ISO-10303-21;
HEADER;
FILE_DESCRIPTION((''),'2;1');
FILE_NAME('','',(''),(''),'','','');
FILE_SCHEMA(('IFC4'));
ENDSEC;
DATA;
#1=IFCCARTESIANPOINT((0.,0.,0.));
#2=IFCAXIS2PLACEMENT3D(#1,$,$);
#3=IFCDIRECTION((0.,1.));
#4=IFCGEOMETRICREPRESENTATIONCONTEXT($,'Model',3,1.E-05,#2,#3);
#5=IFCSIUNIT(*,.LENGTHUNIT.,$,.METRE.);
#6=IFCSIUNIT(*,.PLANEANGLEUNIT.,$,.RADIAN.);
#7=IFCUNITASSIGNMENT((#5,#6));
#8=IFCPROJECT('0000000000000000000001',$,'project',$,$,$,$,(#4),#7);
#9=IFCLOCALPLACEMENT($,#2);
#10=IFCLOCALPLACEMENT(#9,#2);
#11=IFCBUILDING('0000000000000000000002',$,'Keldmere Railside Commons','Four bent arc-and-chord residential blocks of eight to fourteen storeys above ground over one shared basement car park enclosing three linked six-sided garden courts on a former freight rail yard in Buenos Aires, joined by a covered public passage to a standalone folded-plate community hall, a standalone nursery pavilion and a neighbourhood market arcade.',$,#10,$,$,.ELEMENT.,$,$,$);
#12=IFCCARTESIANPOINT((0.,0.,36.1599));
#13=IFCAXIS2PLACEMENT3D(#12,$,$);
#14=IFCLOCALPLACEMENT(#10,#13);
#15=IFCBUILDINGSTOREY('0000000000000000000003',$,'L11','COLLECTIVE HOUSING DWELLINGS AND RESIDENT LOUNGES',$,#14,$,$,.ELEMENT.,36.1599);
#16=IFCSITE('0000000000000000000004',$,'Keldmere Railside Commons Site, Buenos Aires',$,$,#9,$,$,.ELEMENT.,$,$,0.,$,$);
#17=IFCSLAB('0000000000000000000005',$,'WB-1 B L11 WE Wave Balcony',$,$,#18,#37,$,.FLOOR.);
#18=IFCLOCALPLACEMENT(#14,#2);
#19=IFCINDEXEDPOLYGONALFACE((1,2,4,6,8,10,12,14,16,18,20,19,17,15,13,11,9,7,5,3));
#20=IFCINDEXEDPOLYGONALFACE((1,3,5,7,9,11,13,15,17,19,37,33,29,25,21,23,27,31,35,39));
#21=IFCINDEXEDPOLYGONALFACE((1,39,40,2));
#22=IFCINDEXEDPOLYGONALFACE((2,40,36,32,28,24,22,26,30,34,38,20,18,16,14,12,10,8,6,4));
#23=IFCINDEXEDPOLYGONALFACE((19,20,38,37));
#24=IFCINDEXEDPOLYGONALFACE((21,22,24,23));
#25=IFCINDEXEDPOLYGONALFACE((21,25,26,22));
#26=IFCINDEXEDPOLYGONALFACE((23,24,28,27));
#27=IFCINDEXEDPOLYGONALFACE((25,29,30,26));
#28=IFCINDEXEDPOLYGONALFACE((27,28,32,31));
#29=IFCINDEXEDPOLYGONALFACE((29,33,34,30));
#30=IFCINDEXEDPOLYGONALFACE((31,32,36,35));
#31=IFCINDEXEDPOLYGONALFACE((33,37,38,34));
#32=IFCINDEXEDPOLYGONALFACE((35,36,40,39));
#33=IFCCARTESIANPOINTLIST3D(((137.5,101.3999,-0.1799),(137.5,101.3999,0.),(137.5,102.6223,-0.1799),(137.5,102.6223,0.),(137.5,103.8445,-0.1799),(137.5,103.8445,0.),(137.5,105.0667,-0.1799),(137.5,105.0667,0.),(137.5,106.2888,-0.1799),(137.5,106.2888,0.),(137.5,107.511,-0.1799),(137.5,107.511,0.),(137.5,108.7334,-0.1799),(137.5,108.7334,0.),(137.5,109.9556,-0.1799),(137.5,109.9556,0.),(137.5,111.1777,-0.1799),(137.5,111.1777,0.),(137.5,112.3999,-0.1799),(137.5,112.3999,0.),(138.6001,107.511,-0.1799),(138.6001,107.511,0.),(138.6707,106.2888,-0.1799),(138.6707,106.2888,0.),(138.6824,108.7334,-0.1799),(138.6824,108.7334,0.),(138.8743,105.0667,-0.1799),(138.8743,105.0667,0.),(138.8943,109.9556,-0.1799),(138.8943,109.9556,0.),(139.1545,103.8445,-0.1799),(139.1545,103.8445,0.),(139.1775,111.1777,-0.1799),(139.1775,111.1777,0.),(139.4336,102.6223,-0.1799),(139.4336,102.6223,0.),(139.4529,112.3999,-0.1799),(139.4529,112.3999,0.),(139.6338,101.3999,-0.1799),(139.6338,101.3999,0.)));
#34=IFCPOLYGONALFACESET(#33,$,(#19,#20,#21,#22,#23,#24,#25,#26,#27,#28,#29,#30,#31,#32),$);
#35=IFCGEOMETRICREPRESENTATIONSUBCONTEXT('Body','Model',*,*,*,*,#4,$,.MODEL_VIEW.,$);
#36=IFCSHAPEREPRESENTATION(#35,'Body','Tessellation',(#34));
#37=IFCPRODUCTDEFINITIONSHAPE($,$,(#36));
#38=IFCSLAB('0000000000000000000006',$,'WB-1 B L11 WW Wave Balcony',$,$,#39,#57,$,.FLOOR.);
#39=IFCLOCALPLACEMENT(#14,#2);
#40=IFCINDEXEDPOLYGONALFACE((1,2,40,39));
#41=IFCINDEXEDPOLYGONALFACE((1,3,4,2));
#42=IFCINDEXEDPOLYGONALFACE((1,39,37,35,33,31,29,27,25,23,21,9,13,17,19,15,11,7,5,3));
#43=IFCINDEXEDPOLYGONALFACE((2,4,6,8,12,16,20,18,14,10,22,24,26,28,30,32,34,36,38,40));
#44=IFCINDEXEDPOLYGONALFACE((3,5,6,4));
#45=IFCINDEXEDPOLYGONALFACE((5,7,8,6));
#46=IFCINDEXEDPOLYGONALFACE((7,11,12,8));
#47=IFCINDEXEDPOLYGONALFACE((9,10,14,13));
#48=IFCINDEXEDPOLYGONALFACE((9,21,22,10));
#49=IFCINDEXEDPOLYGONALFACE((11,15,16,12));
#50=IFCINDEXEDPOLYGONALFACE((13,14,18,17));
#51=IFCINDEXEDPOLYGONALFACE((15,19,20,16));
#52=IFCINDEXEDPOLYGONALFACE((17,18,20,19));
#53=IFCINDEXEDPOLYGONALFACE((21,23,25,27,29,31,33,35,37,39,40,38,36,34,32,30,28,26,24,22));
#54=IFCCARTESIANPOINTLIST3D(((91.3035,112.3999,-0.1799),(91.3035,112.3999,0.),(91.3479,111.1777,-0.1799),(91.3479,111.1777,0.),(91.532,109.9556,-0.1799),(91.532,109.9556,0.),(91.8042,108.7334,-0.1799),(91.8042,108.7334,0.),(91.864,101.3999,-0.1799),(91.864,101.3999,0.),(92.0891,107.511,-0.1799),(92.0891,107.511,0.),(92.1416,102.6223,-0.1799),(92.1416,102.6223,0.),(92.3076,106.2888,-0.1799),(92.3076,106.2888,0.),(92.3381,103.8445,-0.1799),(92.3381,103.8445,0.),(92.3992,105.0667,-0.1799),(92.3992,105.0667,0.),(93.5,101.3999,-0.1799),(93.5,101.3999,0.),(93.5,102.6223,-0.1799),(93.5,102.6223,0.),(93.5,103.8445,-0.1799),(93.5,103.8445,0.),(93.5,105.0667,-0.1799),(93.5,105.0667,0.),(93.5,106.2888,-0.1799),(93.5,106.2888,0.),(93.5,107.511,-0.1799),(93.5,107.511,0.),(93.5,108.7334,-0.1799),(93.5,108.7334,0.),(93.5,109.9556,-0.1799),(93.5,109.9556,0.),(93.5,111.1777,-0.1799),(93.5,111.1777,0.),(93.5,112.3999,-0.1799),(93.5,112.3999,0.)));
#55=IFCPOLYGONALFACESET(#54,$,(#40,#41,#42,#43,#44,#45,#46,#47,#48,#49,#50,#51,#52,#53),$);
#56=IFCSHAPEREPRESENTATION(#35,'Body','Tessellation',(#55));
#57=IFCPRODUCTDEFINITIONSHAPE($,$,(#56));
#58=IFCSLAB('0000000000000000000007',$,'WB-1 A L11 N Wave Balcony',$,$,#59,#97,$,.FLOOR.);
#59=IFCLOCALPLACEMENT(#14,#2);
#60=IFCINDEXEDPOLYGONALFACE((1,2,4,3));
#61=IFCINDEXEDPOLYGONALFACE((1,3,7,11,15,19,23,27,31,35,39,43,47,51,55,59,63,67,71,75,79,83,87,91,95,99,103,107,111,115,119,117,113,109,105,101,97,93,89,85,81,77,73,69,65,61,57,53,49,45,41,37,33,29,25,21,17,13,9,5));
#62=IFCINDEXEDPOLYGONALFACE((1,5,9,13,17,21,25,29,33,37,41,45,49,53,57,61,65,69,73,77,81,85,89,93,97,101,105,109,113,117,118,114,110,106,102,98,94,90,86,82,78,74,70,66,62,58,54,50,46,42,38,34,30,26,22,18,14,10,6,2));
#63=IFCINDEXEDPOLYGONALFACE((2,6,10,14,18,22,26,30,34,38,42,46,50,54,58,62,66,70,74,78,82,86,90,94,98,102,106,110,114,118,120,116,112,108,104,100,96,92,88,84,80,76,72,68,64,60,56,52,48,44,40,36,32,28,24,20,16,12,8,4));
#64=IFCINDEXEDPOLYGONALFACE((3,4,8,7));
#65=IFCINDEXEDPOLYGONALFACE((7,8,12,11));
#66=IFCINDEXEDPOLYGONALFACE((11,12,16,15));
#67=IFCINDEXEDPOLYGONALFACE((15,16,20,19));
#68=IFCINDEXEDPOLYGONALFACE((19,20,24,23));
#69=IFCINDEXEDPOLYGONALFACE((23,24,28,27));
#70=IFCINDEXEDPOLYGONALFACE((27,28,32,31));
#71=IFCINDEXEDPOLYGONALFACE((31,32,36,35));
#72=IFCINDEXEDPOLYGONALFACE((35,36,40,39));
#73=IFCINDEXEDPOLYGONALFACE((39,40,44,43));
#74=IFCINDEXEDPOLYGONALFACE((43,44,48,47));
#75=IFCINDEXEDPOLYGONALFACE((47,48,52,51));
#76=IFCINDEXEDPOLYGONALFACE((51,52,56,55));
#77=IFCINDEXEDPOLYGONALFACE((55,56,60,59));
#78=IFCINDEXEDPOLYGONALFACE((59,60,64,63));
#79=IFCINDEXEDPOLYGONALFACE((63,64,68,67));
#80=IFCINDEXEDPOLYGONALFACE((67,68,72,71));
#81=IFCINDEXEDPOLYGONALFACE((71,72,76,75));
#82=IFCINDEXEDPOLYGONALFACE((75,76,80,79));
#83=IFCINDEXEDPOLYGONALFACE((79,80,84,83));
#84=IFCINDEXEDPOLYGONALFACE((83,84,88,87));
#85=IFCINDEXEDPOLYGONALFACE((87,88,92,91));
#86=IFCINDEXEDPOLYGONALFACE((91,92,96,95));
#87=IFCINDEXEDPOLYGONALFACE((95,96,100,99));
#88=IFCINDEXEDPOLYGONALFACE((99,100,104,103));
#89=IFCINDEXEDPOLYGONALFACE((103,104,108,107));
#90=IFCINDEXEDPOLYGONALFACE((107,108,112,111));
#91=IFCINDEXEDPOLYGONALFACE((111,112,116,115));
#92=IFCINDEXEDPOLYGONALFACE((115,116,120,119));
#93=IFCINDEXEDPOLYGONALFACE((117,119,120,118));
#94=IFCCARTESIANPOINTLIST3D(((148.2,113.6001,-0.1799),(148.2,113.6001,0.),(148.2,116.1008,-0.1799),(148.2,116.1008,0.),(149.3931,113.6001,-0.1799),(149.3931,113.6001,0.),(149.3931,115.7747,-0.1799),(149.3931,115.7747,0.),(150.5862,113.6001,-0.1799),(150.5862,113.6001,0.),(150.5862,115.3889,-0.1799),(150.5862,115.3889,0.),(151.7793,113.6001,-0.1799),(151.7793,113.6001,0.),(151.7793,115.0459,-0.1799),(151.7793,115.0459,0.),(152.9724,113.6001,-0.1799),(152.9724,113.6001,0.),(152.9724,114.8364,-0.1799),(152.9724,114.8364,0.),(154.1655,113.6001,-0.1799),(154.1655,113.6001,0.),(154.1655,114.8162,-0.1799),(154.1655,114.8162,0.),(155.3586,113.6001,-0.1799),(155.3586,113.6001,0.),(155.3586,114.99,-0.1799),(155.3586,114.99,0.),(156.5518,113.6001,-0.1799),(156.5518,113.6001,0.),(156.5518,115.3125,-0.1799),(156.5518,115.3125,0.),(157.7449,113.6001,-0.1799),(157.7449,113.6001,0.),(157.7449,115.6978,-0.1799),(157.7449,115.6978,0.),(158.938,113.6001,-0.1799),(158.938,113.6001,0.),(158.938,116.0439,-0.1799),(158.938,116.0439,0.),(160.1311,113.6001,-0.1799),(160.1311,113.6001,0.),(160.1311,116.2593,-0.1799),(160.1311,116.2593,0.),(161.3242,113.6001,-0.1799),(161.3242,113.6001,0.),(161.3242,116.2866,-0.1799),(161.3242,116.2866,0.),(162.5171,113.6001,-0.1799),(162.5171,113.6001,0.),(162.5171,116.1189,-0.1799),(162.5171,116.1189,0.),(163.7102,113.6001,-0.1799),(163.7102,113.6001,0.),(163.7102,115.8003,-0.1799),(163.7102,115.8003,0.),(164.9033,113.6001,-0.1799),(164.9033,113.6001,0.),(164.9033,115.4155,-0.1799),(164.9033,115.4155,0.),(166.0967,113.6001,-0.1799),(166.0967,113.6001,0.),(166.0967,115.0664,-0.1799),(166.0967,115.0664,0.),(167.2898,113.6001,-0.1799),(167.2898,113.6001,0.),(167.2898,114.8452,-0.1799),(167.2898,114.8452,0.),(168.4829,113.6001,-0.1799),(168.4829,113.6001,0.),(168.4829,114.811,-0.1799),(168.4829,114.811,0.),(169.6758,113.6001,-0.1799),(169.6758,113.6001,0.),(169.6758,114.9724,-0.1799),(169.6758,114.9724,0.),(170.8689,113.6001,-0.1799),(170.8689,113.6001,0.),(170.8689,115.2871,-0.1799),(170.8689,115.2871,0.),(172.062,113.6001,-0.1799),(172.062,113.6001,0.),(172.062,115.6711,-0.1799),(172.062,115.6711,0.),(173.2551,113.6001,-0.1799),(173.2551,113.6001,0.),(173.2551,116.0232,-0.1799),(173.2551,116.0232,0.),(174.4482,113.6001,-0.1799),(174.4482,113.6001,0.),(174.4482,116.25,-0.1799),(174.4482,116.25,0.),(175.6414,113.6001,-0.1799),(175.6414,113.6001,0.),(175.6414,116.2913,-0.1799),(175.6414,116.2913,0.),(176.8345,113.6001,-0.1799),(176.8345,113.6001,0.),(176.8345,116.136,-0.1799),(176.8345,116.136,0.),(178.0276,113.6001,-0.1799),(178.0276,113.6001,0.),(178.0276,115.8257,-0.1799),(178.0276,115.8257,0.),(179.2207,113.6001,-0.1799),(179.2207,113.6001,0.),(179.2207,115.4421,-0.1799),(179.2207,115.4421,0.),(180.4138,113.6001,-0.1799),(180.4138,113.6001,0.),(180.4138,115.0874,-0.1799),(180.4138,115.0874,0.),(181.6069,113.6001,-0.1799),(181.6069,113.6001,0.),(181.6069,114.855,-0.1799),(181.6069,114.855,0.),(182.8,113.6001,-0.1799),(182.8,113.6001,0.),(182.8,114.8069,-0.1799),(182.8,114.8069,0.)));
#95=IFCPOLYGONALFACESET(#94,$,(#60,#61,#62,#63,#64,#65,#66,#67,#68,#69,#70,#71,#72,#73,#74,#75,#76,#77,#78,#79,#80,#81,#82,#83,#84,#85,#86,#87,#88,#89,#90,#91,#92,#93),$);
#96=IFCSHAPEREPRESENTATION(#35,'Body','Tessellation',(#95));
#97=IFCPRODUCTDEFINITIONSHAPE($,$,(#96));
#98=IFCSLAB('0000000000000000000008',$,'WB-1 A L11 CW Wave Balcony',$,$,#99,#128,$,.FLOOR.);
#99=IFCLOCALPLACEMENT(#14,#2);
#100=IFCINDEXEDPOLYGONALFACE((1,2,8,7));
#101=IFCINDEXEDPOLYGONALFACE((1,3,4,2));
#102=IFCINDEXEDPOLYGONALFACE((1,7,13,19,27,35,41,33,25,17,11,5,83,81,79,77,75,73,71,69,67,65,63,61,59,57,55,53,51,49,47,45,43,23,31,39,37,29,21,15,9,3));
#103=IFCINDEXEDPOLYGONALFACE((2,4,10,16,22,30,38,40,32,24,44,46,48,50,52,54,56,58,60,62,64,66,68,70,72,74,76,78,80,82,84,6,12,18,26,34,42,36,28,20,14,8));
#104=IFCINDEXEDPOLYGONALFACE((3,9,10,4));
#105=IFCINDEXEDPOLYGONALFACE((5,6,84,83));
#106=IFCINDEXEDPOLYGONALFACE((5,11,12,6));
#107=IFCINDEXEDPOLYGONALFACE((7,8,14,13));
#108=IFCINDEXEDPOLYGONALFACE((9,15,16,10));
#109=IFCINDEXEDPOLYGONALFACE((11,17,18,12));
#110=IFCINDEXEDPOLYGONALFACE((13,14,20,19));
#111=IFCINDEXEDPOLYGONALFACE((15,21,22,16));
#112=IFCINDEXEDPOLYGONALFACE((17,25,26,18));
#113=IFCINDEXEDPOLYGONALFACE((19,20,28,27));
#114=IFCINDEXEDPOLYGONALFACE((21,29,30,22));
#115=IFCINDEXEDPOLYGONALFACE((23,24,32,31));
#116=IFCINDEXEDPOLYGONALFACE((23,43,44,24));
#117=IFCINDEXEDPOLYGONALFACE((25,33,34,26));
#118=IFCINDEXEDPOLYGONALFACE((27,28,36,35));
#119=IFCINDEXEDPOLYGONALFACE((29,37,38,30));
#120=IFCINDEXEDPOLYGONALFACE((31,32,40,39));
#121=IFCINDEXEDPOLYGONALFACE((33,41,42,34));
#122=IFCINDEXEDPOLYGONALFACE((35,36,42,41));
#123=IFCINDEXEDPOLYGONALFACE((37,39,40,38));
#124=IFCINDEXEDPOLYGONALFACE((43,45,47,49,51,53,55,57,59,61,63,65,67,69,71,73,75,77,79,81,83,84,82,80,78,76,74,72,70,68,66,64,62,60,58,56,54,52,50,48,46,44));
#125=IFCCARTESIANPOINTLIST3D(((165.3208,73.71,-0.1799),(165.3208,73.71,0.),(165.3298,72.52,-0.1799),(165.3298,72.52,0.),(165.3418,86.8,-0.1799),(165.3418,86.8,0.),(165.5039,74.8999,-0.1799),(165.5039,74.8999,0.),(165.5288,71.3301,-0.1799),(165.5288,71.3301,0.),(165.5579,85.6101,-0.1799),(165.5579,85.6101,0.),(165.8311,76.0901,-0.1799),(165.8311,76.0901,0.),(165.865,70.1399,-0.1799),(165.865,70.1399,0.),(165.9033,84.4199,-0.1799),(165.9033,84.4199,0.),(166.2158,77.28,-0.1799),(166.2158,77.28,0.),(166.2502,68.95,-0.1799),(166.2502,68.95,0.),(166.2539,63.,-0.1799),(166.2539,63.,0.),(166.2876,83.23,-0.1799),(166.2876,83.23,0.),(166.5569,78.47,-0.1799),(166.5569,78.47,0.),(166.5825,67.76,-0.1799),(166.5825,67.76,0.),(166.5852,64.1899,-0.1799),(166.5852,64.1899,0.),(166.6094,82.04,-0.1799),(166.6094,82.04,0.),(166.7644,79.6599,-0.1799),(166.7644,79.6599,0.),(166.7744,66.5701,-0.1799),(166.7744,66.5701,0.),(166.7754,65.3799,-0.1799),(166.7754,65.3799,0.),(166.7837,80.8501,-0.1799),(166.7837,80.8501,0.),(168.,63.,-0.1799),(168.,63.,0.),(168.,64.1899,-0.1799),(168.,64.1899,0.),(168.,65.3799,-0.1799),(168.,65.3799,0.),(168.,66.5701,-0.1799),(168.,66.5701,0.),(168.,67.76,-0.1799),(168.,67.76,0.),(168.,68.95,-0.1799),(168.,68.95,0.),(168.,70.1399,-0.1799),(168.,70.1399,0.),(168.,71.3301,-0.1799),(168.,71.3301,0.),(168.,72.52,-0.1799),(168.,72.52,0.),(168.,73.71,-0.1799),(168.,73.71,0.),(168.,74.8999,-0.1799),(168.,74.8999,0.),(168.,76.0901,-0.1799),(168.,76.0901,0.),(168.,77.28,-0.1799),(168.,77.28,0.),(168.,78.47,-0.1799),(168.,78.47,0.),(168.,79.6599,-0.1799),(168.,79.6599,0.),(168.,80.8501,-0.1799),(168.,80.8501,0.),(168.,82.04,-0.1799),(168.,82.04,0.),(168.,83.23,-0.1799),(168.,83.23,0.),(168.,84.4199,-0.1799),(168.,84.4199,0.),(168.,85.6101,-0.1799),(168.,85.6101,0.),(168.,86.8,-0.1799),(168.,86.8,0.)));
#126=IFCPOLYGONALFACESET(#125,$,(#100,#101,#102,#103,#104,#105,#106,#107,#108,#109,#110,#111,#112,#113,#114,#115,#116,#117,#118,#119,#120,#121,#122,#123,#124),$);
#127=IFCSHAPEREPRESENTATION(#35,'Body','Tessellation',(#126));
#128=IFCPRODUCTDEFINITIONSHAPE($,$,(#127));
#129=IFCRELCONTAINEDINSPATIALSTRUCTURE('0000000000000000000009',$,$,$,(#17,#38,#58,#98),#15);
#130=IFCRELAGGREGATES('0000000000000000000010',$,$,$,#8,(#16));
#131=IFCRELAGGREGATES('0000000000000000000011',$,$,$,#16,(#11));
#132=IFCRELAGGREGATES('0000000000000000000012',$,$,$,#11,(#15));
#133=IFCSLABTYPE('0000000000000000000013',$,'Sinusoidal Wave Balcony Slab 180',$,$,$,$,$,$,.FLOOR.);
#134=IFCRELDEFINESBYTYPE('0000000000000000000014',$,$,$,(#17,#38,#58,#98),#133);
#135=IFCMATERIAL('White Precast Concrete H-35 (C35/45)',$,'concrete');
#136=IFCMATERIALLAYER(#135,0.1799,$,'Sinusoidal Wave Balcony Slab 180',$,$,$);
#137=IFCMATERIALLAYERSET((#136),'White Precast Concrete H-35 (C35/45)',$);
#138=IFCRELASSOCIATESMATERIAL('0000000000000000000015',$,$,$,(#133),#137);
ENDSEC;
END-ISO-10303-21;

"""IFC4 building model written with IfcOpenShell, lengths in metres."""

from ifc_helpers import new_model, si_unit, direction, frame, origin, place, context, subcontext, project, spatial, polyline, outline, extrude, material, layer, layer_set, type_object, element, save


model = new_model("IFC4")

# Units and contexts
model_context = context("Model", 3, precision=1e-05, world=origin(), true_north=direction((0.0, 1.0)))
body_context = subcontext(model_context, "Body", "Model", "MODEL_VIEW")
ifc_project = project(units=[si_unit("LENGTHUNIT", "METRE"), si_unit("PLANEANGLEUNIT", "RADIAN")], contexts=[model_context])

# Site, building, storey
site_placement = place(None, origin())
site = spatial("IfcSite", under=ifc_project, at=site_placement, Name="Keldmere Railside Commons Site, Buenos Aires", CompositionType="ELEMENT", RefElevation=0.0)
building_placement = place(site_placement, origin())
building = spatial("IfcBuilding", under=site, at=building_placement, Name="Keldmere Railside Commons", Description="Four bent arc-and-chord residential blocks of eight to fourteen storeys above ground over one shared basement car park enclosing three linked six-sided garden courts on a former freight rail yard in Buenos Aires, joined by a covered public passage to a standalone folded-plate community hall, a standalone nursery pavilion and a neighbourhood market arcade.", CompositionType="ELEMENT")
storey_placement = place(building_placement, frame((0.0, 0.0, 36.1599)))
storey = spatial("IfcBuildingStorey", under=building, at=storey_placement, Name="L11", Description="COLLECTIVE HOUSING DWELLINGS AND RESIDENT LOUNGES", CompositionType="ELEMENT", Elevation=36.1599)

# Slabs
ifc_material_1 = material(Name="White Precast Concrete H-35 (C35/45)", Category="concrete")
ifc_layer_1 = layer(ifc_material_1, 0.1799, Name="Sinusoidal Wave Balcony Slab 180")
ifc_layer_set_1 = layer_set([ifc_layer_1], Name="White Precast Concrete H-35 (C35/45)")
slab_type_1 = type_object("IfcSlabType", Name="Sinusoidal Wave Balcony Slab 180", PredefinedType="FLOOR", material=ifc_layer_set_1)
slab_1_placement = place(storey_placement, frame((0.0, 0.0, -0.1799)))
element("IfcSlab", 1, at=slab_1_placement, inside=storey, type_object=slab_type_1, Name="WB-1 B L11 WE Wave Balcony", PredefinedType="FLOOR", context=body_context, shape_type="SweptSolid", body=[
    extrude(outline(polyline([(139.6338, 101.3999), (139.4336, 102.6223), (139.1545, 103.8445), (138.8743, 105.0667), (138.6707, 106.2888), (138.6001, 107.511), (138.6824, 108.7334), (138.8943, 109.9556), (139.1775, 111.1777), (139.4529, 112.3999), (137.5, 112.3999), (137.5, 111.1777), (137.5, 109.9556), (137.5, 108.7334), (137.5, 107.511), (137.5, 106.2888), (137.5, 105.0667), (137.5, 103.8445), (137.5, 102.6223), (137.5, 101.3999), (139.6338, 101.3999)])), origin(), (0.0, 0.0, 1.0), 0.1799),
])
slab_2_placement = place(storey_placement, frame((0.0, 0.0, -0.1799)))
element("IfcSlab", 2, at=slab_2_placement, inside=storey, type_object=slab_type_1, Name="WB-1 B L11 WW Wave Balcony", PredefinedType="FLOOR", context=body_context, shape_type="SweptSolid", body=[
    extrude(outline(polyline([(93.5, 101.3999), (93.5, 102.6223), (93.5, 103.8445), (93.5, 105.0667), (93.5, 106.2888), (93.5, 107.511), (93.5, 108.7334), (93.5, 109.9556), (93.5, 111.1777), (93.5, 112.3999), (91.3035, 112.3999), (91.3479, 111.1777), (91.532, 109.9556), (91.8042, 108.7334), (92.0891, 107.511), (92.3076, 106.2888), (92.3992, 105.0667), (92.3381, 103.8445), (92.1416, 102.6223), (91.864, 101.3999), (93.5, 101.3999)])), origin(), (0.0, 0.0, 1.0), 0.1799),
])
slab_3_placement = place(storey_placement, frame((0.0, 0.0, -0.1799)))
element("IfcSlab", 3, at=slab_3_placement, inside=storey, type_object=slab_type_1, Name="WB-1 A L11 N Wave Balcony", PredefinedType="FLOOR", context=body_context, shape_type="SweptSolid", body=[
    extrude(outline(polyline([(148.2, 113.6001), (149.3931, 113.6001), (150.5862, 113.6001), (151.7793, 113.6001), (152.9724, 113.6001), (154.1655, 113.6001), (155.3586, 113.6001), (156.5518, 113.6001), (157.7449, 113.6001), (158.938, 113.6001), (160.1311, 113.6001), (161.3242, 113.6001), (162.5171, 113.6001), (163.7102, 113.6001), (164.9033, 113.6001), (166.0967, 113.6001), (167.2898, 113.6001), (168.4829, 113.6001), (169.6758, 113.6001), (170.8689, 113.6001), (172.062, 113.6001), (173.2551, 113.6001), (174.4482, 113.6001), (175.6414, 113.6001), (176.8345, 113.6001), (178.0276, 113.6001), (179.2207, 113.6001), (180.4138, 113.6001), (181.6069, 113.6001), (182.8, 113.6001), (182.8, 114.8069), (181.6069, 114.855), (180.4138, 115.0874), (179.2207, 115.4421), (178.0276, 115.8257), (176.8345, 116.136), (175.6414, 116.2913), (174.4482, 116.25), (173.2551, 116.0232), (172.062, 115.6711), (170.8689, 115.2871), (169.6758, 114.9724), (168.4829, 114.811), (167.2898, 114.8452), (166.0967, 115.0664), (164.9033, 115.4155), (163.7102, 115.8003), (162.5171, 116.1189), (161.3242, 116.2866), (160.1311, 116.2593), (158.938, 116.0439), (157.7449, 115.6978), (156.5518, 115.3125), (155.3586, 114.99), (154.1655, 114.8162), (152.9724, 114.8364), (151.7793, 115.0459), (150.5862, 115.3889), (149.3931, 115.7747), (148.2, 116.1008), (148.2, 113.6001)])), origin(), (0.0, 0.0, 1.0), 0.1799),
])
slab_4_placement = place(storey_placement, frame((0.0, 0.0, -0.1799)))
element("IfcSlab", 4, at=slab_4_placement, inside=storey, type_object=slab_type_1, Name="WB-1 A L11 CW Wave Balcony", PredefinedType="FLOOR", context=body_context, shape_type="SweptSolid", body=[
    extrude(outline(polyline([(168.0, 63.0), (168.0, 64.1899), (168.0, 65.3799), (168.0, 66.5701), (168.0, 67.76), (168.0, 68.95), (168.0, 70.1399), (168.0, 71.3301), (168.0, 72.52), (168.0, 73.71), (168.0, 74.8999), (168.0, 76.0901), (168.0, 77.28), (168.0, 78.47), (168.0, 79.6599), (168.0, 80.8501), (168.0, 82.04), (168.0, 83.23), (168.0, 84.4199), (168.0, 85.6101), (168.0, 86.8), (165.3418, 86.8), (165.5579, 85.6101), (165.9033, 84.4199), (166.2876, 83.23), (166.6094, 82.04), (166.7837, 80.8501), (166.7644, 79.6599), (166.5569, 78.47), (166.2158, 77.28), (165.8311, 76.0901), (165.5039, 74.8999), (165.3208, 73.71), (165.3298, 72.52), (165.5288, 71.3301), (165.865, 70.1399), (166.2502, 68.95), (166.5825, 67.76), (166.7744, 66.5701), (166.7754, 65.3799), (166.5852, 64.1899), (166.2539, 63.0), (168.0, 63.0)])), origin(), (0.0, 0.0, 1.0), 0.1799),
])

save(model, "model.ifc")
